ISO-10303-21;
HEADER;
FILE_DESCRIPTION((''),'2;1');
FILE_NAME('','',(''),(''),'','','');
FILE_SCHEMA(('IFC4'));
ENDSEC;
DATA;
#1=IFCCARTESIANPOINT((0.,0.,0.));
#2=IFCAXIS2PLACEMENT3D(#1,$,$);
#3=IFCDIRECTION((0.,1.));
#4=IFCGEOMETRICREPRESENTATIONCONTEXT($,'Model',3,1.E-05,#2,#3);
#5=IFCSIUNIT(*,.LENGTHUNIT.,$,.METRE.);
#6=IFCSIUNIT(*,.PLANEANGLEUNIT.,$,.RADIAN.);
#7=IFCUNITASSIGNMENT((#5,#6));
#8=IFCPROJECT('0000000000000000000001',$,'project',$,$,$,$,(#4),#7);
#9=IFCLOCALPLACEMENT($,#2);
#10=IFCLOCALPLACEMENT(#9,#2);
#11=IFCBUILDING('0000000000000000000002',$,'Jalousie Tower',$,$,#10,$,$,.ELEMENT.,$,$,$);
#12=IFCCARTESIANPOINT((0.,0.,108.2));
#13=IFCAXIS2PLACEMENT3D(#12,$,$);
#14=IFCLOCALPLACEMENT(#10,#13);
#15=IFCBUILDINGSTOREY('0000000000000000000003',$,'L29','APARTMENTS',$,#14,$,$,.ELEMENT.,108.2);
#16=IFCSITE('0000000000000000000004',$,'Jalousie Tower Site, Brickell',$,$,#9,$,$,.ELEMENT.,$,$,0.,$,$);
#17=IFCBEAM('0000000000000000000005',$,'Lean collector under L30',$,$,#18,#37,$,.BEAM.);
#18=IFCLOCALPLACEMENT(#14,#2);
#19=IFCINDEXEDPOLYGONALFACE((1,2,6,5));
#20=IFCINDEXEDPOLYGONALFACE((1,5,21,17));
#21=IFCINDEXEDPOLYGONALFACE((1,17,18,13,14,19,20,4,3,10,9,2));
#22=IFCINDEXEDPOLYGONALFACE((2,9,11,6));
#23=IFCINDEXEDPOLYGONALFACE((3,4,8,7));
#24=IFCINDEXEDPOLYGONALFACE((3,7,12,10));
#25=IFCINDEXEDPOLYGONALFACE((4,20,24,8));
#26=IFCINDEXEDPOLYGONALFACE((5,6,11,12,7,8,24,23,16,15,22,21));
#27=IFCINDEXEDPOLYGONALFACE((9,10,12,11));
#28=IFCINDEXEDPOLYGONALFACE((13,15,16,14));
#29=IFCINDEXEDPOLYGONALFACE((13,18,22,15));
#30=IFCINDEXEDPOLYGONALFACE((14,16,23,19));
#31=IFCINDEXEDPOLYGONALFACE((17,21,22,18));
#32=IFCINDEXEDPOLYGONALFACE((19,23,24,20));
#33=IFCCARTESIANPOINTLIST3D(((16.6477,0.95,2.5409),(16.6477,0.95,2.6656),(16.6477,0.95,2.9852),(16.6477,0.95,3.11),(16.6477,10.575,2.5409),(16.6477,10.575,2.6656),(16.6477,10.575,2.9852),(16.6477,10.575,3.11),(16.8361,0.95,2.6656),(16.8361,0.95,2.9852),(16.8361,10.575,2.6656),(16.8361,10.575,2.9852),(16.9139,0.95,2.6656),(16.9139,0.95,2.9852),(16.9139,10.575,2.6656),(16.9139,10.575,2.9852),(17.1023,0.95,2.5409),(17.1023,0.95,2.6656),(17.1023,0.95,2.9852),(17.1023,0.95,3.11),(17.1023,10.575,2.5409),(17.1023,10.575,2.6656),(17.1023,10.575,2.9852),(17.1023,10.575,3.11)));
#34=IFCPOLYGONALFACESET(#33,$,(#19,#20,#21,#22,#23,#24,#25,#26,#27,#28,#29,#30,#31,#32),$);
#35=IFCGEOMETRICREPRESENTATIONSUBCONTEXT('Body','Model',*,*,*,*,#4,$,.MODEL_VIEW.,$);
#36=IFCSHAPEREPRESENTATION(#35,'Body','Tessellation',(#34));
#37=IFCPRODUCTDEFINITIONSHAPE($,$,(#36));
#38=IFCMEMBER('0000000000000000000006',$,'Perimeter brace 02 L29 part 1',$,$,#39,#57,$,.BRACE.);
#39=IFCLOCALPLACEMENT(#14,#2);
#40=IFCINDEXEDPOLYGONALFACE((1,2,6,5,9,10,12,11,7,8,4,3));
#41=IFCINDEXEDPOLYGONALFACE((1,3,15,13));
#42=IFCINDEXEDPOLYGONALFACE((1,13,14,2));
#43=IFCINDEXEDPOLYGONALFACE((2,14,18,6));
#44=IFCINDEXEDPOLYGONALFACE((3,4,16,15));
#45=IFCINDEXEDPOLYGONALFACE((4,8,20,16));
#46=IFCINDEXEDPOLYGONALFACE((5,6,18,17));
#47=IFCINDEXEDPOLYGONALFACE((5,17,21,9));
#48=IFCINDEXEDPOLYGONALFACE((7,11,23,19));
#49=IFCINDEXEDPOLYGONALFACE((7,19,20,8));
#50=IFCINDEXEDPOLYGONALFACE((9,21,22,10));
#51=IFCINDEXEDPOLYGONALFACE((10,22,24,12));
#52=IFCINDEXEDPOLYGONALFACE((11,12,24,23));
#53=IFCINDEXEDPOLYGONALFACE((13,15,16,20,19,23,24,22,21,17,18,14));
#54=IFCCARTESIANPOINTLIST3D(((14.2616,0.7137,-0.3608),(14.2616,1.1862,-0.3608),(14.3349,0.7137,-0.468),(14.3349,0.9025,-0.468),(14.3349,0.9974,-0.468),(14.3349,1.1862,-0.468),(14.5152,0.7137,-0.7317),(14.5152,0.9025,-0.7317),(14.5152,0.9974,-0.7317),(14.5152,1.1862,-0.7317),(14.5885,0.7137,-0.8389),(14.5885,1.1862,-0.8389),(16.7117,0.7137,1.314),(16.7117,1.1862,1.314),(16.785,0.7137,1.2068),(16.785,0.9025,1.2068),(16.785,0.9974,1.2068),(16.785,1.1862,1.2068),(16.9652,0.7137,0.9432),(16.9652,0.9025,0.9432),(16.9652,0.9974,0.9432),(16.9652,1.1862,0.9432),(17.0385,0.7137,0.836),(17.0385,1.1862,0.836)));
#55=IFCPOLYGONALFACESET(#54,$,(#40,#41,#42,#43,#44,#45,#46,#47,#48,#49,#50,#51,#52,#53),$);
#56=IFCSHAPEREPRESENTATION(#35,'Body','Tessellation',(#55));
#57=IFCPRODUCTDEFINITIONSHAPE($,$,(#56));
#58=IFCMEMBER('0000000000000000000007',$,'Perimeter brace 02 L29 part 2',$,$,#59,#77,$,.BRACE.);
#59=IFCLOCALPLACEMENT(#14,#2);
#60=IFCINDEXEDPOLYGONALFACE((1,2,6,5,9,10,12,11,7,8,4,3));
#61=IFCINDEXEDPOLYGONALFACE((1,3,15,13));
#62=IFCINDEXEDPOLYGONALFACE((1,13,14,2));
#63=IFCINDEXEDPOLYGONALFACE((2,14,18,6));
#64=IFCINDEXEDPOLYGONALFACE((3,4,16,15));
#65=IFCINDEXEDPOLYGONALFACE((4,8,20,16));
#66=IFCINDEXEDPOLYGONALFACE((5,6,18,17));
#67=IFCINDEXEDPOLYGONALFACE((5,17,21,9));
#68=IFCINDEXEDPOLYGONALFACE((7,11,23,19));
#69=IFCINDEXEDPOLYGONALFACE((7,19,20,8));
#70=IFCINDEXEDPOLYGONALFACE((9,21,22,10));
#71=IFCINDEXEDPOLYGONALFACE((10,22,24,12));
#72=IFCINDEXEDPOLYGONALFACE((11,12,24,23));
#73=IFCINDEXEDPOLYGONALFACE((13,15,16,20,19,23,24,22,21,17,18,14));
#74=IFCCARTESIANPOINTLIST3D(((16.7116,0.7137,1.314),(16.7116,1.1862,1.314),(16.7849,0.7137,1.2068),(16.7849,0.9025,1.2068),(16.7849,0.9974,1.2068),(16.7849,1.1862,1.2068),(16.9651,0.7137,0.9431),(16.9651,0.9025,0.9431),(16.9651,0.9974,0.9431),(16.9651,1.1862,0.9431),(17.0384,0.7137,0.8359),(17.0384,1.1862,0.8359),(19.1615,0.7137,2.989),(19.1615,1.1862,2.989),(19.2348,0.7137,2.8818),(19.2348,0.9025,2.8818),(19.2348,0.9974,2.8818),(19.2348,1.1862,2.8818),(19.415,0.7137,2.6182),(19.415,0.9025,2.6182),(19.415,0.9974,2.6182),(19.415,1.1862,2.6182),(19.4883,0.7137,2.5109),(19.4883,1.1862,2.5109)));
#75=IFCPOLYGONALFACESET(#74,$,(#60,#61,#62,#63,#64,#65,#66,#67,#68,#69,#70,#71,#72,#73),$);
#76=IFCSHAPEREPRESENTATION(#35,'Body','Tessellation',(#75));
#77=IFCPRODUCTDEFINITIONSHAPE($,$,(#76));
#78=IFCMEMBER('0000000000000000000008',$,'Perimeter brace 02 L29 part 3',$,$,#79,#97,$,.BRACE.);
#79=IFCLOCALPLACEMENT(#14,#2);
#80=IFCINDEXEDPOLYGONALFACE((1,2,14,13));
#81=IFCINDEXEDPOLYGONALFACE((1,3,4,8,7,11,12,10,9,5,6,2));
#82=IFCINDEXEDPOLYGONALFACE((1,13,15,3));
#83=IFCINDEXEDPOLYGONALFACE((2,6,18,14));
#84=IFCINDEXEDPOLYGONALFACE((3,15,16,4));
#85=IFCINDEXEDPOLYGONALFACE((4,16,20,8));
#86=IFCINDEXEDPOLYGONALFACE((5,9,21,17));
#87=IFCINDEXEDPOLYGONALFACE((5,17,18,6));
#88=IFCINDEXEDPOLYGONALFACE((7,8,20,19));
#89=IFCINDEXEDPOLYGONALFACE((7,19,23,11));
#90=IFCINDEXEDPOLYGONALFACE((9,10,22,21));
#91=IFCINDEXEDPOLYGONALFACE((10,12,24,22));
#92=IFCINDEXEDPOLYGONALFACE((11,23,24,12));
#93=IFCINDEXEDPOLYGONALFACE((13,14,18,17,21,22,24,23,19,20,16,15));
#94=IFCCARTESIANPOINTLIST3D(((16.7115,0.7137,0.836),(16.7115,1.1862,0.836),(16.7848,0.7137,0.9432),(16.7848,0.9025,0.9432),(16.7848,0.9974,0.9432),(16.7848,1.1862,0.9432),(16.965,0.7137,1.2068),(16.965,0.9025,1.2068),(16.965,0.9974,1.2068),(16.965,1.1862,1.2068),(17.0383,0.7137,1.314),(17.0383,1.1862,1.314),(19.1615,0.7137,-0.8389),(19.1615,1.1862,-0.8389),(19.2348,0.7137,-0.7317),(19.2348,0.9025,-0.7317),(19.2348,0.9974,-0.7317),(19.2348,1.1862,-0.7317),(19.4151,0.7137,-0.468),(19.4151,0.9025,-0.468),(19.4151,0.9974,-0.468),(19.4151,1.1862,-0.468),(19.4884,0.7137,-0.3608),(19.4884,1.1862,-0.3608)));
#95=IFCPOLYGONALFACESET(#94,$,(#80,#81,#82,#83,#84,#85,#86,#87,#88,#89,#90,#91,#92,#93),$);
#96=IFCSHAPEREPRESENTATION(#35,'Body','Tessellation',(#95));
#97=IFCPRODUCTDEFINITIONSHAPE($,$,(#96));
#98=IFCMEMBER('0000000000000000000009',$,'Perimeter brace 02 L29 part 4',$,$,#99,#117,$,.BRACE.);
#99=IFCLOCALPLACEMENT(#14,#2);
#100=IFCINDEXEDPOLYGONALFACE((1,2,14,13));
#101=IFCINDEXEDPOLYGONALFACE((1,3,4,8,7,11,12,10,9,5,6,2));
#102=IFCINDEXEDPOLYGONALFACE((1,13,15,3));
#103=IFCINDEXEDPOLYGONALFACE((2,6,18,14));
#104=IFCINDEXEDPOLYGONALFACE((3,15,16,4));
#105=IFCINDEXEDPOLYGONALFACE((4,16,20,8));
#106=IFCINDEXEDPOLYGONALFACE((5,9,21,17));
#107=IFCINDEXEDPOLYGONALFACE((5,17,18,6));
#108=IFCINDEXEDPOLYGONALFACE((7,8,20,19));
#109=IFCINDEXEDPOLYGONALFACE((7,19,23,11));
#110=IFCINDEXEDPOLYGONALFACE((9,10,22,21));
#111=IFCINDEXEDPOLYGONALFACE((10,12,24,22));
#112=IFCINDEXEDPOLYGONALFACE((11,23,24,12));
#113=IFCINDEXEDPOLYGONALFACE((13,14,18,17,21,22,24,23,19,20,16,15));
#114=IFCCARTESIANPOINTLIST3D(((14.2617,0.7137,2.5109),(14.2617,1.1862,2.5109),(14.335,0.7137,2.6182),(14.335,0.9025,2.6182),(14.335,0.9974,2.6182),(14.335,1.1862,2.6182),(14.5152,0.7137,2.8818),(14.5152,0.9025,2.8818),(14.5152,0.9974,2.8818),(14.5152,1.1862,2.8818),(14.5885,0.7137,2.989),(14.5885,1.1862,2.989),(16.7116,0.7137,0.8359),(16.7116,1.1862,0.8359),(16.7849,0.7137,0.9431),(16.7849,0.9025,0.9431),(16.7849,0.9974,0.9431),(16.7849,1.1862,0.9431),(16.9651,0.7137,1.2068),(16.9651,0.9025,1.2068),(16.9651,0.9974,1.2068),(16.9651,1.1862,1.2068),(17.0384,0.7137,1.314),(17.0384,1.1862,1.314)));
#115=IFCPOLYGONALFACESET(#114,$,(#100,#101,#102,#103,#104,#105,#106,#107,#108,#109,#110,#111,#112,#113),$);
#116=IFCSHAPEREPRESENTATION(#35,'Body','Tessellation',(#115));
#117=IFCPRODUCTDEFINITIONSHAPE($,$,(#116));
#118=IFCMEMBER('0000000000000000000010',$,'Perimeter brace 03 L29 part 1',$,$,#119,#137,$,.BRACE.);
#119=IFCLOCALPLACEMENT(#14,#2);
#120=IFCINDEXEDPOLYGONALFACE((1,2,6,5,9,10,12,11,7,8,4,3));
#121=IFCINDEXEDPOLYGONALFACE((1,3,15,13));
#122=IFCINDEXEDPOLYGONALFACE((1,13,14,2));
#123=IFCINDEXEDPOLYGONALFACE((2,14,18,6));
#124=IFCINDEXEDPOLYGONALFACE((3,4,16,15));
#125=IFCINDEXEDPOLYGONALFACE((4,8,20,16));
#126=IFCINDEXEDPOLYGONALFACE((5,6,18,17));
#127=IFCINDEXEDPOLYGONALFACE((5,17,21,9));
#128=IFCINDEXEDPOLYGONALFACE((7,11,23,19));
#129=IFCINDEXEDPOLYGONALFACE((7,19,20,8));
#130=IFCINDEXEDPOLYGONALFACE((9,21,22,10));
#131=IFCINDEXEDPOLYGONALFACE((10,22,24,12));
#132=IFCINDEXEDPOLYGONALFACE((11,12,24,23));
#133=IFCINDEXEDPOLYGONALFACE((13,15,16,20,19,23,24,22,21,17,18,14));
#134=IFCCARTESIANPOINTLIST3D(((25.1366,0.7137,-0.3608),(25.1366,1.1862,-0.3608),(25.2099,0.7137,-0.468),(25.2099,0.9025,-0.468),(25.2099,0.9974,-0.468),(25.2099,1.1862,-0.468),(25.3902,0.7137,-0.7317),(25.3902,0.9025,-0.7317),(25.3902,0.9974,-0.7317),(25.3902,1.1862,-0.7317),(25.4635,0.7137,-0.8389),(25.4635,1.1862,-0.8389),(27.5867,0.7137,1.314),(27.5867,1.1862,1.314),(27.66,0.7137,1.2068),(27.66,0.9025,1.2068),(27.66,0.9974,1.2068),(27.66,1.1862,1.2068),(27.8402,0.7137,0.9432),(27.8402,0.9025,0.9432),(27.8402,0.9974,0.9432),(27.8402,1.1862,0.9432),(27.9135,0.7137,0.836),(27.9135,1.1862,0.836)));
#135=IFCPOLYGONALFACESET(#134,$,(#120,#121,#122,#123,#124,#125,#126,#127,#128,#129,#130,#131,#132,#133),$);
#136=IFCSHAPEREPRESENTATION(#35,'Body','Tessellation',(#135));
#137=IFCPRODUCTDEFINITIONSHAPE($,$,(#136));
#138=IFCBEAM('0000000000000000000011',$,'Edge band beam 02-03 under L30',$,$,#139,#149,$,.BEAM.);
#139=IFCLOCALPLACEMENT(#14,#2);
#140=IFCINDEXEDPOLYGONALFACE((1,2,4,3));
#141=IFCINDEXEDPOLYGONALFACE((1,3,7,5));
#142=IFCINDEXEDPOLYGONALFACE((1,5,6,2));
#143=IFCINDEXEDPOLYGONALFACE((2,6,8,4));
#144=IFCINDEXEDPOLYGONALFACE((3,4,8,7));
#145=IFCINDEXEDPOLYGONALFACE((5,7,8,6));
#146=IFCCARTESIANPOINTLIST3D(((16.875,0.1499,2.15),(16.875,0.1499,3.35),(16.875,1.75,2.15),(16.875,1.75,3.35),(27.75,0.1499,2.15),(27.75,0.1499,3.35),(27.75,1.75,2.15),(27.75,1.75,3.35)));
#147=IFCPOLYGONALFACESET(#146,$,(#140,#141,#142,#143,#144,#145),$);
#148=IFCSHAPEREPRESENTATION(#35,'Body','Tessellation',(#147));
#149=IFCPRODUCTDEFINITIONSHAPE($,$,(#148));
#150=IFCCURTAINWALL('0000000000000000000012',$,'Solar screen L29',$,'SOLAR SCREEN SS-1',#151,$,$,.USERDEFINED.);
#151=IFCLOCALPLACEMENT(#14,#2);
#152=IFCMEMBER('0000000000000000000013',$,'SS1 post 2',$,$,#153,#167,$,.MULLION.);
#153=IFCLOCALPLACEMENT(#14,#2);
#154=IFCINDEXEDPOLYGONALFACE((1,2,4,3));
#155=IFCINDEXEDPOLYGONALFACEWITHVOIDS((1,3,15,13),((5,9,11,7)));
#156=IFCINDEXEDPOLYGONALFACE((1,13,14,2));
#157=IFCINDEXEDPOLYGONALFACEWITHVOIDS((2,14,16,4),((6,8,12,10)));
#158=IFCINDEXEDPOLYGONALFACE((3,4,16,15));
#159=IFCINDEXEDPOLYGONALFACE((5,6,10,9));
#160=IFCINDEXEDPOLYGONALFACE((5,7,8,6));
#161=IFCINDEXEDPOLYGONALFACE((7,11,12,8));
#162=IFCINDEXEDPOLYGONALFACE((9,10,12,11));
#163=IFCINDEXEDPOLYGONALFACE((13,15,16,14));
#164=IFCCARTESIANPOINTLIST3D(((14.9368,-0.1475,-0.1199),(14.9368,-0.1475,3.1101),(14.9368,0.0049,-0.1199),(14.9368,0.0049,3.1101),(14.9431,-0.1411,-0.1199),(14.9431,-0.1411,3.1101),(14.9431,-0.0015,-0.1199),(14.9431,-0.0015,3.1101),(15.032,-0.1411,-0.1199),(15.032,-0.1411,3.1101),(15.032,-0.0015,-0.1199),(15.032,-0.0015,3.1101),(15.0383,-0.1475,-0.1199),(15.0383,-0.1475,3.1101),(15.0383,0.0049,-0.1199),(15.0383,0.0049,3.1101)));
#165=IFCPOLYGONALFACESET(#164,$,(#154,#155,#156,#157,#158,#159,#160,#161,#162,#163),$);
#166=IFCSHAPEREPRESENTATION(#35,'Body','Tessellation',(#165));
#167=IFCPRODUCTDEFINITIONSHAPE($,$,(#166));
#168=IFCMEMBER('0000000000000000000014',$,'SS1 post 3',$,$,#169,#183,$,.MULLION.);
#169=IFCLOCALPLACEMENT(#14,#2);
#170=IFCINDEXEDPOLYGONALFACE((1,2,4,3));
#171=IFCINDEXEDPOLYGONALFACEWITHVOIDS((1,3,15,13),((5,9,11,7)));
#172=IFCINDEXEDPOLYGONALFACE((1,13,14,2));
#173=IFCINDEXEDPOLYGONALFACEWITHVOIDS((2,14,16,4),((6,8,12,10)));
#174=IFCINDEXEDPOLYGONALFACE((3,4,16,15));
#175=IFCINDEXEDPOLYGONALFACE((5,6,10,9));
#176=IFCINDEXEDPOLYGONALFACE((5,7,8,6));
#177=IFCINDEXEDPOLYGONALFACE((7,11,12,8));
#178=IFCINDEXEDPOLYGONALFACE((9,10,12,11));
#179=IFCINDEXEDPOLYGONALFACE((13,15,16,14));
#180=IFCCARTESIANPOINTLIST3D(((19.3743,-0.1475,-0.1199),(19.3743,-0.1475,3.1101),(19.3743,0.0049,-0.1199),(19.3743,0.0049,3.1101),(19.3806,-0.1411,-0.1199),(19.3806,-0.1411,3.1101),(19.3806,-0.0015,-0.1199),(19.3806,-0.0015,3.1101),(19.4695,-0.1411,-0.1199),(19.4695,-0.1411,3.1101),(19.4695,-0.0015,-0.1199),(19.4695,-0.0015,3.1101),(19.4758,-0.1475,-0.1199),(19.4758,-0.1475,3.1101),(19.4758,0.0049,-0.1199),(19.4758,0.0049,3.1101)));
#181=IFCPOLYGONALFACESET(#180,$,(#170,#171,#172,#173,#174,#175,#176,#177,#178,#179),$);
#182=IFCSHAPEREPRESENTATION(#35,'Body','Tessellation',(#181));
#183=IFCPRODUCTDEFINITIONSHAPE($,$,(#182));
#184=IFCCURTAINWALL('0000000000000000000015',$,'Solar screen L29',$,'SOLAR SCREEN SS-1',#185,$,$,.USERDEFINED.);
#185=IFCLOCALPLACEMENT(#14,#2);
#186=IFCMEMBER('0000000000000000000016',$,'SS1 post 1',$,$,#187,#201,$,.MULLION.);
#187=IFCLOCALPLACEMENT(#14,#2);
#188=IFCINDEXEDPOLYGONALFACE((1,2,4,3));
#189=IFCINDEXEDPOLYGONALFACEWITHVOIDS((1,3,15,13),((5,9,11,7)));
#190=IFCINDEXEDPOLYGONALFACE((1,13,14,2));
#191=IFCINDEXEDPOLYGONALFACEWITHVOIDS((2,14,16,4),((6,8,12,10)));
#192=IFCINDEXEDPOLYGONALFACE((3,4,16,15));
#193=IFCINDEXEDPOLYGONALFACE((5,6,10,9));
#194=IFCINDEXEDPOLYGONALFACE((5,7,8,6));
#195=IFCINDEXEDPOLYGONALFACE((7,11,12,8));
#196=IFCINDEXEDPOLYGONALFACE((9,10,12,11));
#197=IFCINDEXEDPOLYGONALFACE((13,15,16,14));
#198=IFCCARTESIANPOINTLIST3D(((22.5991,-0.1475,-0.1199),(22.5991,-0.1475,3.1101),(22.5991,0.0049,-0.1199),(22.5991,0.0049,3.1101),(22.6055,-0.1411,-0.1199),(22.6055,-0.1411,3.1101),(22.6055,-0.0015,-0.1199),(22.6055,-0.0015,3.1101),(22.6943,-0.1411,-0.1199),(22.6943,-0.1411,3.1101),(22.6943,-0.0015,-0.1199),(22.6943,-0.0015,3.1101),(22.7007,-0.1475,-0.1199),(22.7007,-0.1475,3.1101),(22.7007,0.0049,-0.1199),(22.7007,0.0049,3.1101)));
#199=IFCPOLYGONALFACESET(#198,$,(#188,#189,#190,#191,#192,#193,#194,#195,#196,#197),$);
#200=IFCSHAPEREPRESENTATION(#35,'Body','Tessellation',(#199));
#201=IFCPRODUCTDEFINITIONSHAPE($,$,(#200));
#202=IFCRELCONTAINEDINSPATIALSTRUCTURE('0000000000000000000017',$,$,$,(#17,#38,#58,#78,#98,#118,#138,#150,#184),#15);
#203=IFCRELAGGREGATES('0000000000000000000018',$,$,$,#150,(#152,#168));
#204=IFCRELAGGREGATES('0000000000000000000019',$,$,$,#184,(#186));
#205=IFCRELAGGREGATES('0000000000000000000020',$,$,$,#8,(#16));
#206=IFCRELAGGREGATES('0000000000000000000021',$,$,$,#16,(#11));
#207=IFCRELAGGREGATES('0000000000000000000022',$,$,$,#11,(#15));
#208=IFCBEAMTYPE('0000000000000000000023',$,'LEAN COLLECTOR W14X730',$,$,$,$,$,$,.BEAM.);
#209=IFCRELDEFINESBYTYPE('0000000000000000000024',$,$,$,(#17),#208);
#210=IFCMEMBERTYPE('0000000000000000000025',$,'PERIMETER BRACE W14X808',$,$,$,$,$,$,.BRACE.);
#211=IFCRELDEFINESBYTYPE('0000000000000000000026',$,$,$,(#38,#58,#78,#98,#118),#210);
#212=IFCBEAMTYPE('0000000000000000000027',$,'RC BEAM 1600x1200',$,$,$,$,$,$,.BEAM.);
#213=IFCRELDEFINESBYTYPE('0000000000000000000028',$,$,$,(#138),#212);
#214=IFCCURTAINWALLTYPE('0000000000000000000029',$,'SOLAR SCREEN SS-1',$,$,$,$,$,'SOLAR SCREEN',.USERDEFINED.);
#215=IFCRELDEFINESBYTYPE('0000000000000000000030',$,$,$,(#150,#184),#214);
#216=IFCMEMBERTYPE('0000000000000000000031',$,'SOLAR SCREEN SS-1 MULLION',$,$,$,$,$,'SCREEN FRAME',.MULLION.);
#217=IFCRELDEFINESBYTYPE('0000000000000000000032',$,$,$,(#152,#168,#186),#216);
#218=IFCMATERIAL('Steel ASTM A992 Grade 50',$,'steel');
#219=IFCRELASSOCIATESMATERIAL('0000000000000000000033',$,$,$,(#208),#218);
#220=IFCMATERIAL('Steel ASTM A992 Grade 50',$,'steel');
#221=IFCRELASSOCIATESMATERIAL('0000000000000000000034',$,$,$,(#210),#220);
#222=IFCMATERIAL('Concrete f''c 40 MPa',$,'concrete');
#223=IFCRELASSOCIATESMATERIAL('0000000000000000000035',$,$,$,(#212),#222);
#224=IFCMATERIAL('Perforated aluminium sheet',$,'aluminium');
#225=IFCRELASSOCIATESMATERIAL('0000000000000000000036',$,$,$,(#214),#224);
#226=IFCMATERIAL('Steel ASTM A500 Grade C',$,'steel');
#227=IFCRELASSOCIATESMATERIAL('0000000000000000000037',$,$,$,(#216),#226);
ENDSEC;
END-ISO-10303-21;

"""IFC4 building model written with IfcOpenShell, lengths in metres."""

from ifc_helpers import new_model, si_unit, direction, frame, origin, origin_2d, place, context, subcontext, project, spatial, rectangle, hollow_rectangle, i_section, extrude, material, material_profile, profile_set, type_object, element, aggregate, save


model = new_model("IFC4")

# Units and contexts
model_context = context("Model", 3, precision=1e-05, world=origin(), true_north=direction((0.0, 1.0)))
body_context = subcontext(model_context, "Body", "Model", "MODEL_VIEW")
ifc_project = project(units=[si_unit("LENGTHUNIT", "METRE"), si_unit("PLANEANGLEUNIT", "RADIAN")], contexts=[model_context])

# Site, building, storey
site_placement = place(None, origin())
site = spatial("IfcSite", under=ifc_project, at=site_placement, Name="Jalousie Tower Site, Brickell", CompositionType="ELEMENT", RefElevation=0.0)
building_placement = place(site_placement, origin())
building = spatial("IfcBuilding", under=site, at=building_placement, Name="Jalousie Tower", CompositionType="ELEMENT")
storey_placement = place(building_placement, frame((0.0, 0.0, 108.2)))
storey = spatial("IfcBuildingStorey", under=building, at=storey_placement, Name="L29", Description="APARTMENTS", CompositionType="ELEMENT", Elevation=108.2)

# Beam
ifc_material_1 = material(Name="Steel ASTM A992 Grade 50", Category="steel")
ifc_material_profile_1 = material_profile(ifc_material_1, i_section(OverallWidth=0.4546, OverallDepth=0.5691, WebThickness=0.0779, FlangeThickness=0.1248, at=origin_2d()), Name="W14X730")
ifc_profile_set_1 = profile_set([ifc_material_profile_1], Name="Steel ASTM A992 Grade 50")
beam_type_1 = type_object("IfcBeamType", Name="LEAN COLLECTOR W14X730", PredefinedType="BEAM", material=ifc_profile_set_1)
beam_1_placement = place(storey_placement, frame((16.875, 0.95, 2.8254), z_axis=(0.0, 1.0, 0.0), x_axis=(-1.0, 0.0, 0.0)))
element("IfcBeam", 1, at=beam_1_placement, inside=storey, type_object=beam_type_1, Name="Lean collector under L30", PredefinedType="BEAM", context=body_context, shape_type="SweptSolid", body=[
    extrude(i_section(OverallWidth=0.4546, OverallDepth=0.5691, WebThickness=0.0779, FlangeThickness=0.1248, at=origin_2d()), origin(), (0.0, 0.0, 1.0), 9.625),
])

# Members
ifc_material_2 = material(Name="Steel ASTM A992 Grade 50", Category="steel")
ifc_material_profile_2 = material_profile(ifc_material_2, i_section(OverallWidth=0.4724, OverallDepth=0.5791, WebThickness=0.095, FlangeThickness=0.1299, at=origin_2d()), Name="W14X808")
ifc_profile_set_2 = profile_set([ifc_material_profile_2], Name="Steel ASTM A992 Grade 50")
member_type_1 = type_object("IfcMemberType", Name="PERIMETER BRACE W14X808", PredefinedType="BRACE", material=ifc_profile_set_2)
for number, where, z_axis, x_axis, name in (
    (2, (14.425, 0.95, -0.5999), (0.825539, 0.0, 0.564345), (0.0, 1.0, 0.0), "Perimeter brace 02 L29 part 1"),
    (3, (16.875, 0.95, 1.075), (0.825501, 0.0, 0.564401), (0.0, 1.0, 0.0), "Perimeter brace 02 L29 part 2"),
    (4, (19.325, 0.95, -0.5999), (-0.825539, 0.0, 0.564345), (0.0, -1.0, 0.0), "Perimeter brace 02 L29 part 3"),
    (5, (16.875, 0.95, 1.075), (-0.825501, 0.0, 0.564401), (0.0, -1.0, 0.0), "Perimeter brace 02 L29 part 4"),
    (6, (25.3, 0.95, -0.5999), (0.825539, 0.0, 0.564345), (0.0, 1.0, 0.0), "Perimeter brace 03 L29 part 1"),
):
    element("IfcMember", number, at=place(storey_placement, frame(where, z_axis=z_axis, x_axis=x_axis)), inside=storey, type_object=member_type_1, Name=name, PredefinedType="BRACE", context=body_context, shape_type="SweptSolid", body=[
        extrude(i_section(OverallWidth=0.4724, OverallDepth=0.5791, WebThickness=0.095, FlangeThickness=0.1299, at=origin_2d()), origin(), (0.0, 0.0, 1.0), 2.9678),
    ])

# Beam
ifc_material_3 = material(Name="Concrete f'c 40 MPa", Category="concrete")
ifc_material_profile_3 = material_profile(ifc_material_3, rectangle(XDim=1.6001, YDim=1.2, at=origin_2d()), Name="RC 1600x1200")
ifc_profile_set_3 = profile_set([ifc_material_profile_3], Name="Concrete f'c 40 MPa")
beam_type_2 = type_object("IfcBeamType", Name="RC BEAM 1600x1200", PredefinedType="BEAM", material=ifc_profile_set_3)
beam_2_placement = place(storey_placement, frame((16.875, 0.95, 2.75), z_axis=(1.0, 0.0, 0.0), x_axis=(0.0, 1.0, 0.0)))
element("IfcBeam", 7, at=beam_2_placement, inside=storey, type_object=beam_type_2, Name="Edge band beam 02-03 under L30", PredefinedType="BEAM", context=body_context, shape_type="SweptSolid", body=[
    extrude(rectangle(XDim=1.6001, YDim=1.2, at=origin_2d()), origin(), (0.0, 0.0, 1.0), 10.875),
])

# Curtain walls, members
ifc_material_4 = material(Name="Perforated aluminium sheet", Category="aluminium")
curtain_wall_type = type_object("IfcCurtainWallType", Name="SOLAR SCREEN SS-1", ElementType="SOLAR SCREEN", PredefinedType="USERDEFINED", material=ifc_material_4)
curtain_wall_1_placement = place(storey_placement, origin())
curtain_wall_1 = element("IfcCurtainWall", 8, at=curtain_wall_1_placement, inside=storey, type_object=curtain_wall_type, Name="Solar screen L29", ObjectType="SOLAR SCREEN SS-1", PredefinedType="USERDEFINED")
ifc_material_5 = material(Name="Steel ASTM A500 Grade C", Category="steel")
ifc_material_profile_4 = material_profile(ifc_material_5, hollow_rectangle(XDim=0.1016, YDim=0.1523, WallThickness=0.0063, at=origin_2d()), Name="HSS6X4X1/4")
ifc_profile_set_4 = profile_set([ifc_material_profile_4], Name="Steel ASTM A500 Grade C")
member_type_2 = type_object("IfcMemberType", Name="SOLAR SCREEN SS-1 MULLION", ElementType="SCREEN FRAME", PredefinedType="MULLION", material=ifc_profile_set_4)
member_1_placement = place(storey_placement, frame((14.9875, -0.0713, -0.1199), z_axis=(0.0, 0.0, 1.0), x_axis=(1.0, 0.0, 0.0)))
member_1 = element("IfcMember", 9, at=member_1_placement, type_object=member_type_2, Name="SS1 post 2", PredefinedType="MULLION", context=body_context, shape_type="SweptSolid", body=[
    extrude(hollow_rectangle(XDim=0.1016, YDim=0.1523, WallThickness=0.0063, at=origin_2d()), origin(), (0.0, 0.0, 1.0), 3.23),
])
member_2_placement = place(storey_placement, frame((19.425, -0.0713, -0.1199), z_axis=(0.0, 0.0, 1.0), x_axis=(1.0, 0.0, 0.0)))
member_2 = element("IfcMember", 10, at=member_2_placement, type_object=member_type_2, Name="SS1 post 3", PredefinedType="MULLION", context=body_context, shape_type="SweptSolid", body=[
    extrude(hollow_rectangle(XDim=0.1016, YDim=0.1523, WallThickness=0.0063, at=origin_2d()), origin(), (0.0, 0.0, 1.0), 3.23),
])
curtain_wall_2_placement = place(storey_placement, origin())
curtain_wall_2 = element("IfcCurtainWall", 11, at=curtain_wall_2_placement, inside=storey, type_object=curtain_wall_type, Name="Solar screen L29", ObjectType="SOLAR SCREEN SS-1", PredefinedType="USERDEFINED")
member_3_placement = place(storey_placement, frame((22.6499, -0.0713, -0.1199), z_axis=(0.0, 0.0, 1.0), x_axis=(1.0, 0.0, 0.0)))
member_3 = element("IfcMember", 12, at=member_3_placement, type_object=member_type_2, Name="SS1 post 1", PredefinedType="MULLION", context=body_context, shape_type="SweptSolid", body=[
    extrude(hollow_rectangle(XDim=0.1016, YDim=0.1523, WallThickness=0.0063, at=origin_2d()), origin(), (0.0, 0.0, 1.0), 3.23),
])

aggregate(curtain_wall_1, [member_1, member_2])
aggregate(curtain_wall_2, [member_3])

save(model, "model.ifc")
